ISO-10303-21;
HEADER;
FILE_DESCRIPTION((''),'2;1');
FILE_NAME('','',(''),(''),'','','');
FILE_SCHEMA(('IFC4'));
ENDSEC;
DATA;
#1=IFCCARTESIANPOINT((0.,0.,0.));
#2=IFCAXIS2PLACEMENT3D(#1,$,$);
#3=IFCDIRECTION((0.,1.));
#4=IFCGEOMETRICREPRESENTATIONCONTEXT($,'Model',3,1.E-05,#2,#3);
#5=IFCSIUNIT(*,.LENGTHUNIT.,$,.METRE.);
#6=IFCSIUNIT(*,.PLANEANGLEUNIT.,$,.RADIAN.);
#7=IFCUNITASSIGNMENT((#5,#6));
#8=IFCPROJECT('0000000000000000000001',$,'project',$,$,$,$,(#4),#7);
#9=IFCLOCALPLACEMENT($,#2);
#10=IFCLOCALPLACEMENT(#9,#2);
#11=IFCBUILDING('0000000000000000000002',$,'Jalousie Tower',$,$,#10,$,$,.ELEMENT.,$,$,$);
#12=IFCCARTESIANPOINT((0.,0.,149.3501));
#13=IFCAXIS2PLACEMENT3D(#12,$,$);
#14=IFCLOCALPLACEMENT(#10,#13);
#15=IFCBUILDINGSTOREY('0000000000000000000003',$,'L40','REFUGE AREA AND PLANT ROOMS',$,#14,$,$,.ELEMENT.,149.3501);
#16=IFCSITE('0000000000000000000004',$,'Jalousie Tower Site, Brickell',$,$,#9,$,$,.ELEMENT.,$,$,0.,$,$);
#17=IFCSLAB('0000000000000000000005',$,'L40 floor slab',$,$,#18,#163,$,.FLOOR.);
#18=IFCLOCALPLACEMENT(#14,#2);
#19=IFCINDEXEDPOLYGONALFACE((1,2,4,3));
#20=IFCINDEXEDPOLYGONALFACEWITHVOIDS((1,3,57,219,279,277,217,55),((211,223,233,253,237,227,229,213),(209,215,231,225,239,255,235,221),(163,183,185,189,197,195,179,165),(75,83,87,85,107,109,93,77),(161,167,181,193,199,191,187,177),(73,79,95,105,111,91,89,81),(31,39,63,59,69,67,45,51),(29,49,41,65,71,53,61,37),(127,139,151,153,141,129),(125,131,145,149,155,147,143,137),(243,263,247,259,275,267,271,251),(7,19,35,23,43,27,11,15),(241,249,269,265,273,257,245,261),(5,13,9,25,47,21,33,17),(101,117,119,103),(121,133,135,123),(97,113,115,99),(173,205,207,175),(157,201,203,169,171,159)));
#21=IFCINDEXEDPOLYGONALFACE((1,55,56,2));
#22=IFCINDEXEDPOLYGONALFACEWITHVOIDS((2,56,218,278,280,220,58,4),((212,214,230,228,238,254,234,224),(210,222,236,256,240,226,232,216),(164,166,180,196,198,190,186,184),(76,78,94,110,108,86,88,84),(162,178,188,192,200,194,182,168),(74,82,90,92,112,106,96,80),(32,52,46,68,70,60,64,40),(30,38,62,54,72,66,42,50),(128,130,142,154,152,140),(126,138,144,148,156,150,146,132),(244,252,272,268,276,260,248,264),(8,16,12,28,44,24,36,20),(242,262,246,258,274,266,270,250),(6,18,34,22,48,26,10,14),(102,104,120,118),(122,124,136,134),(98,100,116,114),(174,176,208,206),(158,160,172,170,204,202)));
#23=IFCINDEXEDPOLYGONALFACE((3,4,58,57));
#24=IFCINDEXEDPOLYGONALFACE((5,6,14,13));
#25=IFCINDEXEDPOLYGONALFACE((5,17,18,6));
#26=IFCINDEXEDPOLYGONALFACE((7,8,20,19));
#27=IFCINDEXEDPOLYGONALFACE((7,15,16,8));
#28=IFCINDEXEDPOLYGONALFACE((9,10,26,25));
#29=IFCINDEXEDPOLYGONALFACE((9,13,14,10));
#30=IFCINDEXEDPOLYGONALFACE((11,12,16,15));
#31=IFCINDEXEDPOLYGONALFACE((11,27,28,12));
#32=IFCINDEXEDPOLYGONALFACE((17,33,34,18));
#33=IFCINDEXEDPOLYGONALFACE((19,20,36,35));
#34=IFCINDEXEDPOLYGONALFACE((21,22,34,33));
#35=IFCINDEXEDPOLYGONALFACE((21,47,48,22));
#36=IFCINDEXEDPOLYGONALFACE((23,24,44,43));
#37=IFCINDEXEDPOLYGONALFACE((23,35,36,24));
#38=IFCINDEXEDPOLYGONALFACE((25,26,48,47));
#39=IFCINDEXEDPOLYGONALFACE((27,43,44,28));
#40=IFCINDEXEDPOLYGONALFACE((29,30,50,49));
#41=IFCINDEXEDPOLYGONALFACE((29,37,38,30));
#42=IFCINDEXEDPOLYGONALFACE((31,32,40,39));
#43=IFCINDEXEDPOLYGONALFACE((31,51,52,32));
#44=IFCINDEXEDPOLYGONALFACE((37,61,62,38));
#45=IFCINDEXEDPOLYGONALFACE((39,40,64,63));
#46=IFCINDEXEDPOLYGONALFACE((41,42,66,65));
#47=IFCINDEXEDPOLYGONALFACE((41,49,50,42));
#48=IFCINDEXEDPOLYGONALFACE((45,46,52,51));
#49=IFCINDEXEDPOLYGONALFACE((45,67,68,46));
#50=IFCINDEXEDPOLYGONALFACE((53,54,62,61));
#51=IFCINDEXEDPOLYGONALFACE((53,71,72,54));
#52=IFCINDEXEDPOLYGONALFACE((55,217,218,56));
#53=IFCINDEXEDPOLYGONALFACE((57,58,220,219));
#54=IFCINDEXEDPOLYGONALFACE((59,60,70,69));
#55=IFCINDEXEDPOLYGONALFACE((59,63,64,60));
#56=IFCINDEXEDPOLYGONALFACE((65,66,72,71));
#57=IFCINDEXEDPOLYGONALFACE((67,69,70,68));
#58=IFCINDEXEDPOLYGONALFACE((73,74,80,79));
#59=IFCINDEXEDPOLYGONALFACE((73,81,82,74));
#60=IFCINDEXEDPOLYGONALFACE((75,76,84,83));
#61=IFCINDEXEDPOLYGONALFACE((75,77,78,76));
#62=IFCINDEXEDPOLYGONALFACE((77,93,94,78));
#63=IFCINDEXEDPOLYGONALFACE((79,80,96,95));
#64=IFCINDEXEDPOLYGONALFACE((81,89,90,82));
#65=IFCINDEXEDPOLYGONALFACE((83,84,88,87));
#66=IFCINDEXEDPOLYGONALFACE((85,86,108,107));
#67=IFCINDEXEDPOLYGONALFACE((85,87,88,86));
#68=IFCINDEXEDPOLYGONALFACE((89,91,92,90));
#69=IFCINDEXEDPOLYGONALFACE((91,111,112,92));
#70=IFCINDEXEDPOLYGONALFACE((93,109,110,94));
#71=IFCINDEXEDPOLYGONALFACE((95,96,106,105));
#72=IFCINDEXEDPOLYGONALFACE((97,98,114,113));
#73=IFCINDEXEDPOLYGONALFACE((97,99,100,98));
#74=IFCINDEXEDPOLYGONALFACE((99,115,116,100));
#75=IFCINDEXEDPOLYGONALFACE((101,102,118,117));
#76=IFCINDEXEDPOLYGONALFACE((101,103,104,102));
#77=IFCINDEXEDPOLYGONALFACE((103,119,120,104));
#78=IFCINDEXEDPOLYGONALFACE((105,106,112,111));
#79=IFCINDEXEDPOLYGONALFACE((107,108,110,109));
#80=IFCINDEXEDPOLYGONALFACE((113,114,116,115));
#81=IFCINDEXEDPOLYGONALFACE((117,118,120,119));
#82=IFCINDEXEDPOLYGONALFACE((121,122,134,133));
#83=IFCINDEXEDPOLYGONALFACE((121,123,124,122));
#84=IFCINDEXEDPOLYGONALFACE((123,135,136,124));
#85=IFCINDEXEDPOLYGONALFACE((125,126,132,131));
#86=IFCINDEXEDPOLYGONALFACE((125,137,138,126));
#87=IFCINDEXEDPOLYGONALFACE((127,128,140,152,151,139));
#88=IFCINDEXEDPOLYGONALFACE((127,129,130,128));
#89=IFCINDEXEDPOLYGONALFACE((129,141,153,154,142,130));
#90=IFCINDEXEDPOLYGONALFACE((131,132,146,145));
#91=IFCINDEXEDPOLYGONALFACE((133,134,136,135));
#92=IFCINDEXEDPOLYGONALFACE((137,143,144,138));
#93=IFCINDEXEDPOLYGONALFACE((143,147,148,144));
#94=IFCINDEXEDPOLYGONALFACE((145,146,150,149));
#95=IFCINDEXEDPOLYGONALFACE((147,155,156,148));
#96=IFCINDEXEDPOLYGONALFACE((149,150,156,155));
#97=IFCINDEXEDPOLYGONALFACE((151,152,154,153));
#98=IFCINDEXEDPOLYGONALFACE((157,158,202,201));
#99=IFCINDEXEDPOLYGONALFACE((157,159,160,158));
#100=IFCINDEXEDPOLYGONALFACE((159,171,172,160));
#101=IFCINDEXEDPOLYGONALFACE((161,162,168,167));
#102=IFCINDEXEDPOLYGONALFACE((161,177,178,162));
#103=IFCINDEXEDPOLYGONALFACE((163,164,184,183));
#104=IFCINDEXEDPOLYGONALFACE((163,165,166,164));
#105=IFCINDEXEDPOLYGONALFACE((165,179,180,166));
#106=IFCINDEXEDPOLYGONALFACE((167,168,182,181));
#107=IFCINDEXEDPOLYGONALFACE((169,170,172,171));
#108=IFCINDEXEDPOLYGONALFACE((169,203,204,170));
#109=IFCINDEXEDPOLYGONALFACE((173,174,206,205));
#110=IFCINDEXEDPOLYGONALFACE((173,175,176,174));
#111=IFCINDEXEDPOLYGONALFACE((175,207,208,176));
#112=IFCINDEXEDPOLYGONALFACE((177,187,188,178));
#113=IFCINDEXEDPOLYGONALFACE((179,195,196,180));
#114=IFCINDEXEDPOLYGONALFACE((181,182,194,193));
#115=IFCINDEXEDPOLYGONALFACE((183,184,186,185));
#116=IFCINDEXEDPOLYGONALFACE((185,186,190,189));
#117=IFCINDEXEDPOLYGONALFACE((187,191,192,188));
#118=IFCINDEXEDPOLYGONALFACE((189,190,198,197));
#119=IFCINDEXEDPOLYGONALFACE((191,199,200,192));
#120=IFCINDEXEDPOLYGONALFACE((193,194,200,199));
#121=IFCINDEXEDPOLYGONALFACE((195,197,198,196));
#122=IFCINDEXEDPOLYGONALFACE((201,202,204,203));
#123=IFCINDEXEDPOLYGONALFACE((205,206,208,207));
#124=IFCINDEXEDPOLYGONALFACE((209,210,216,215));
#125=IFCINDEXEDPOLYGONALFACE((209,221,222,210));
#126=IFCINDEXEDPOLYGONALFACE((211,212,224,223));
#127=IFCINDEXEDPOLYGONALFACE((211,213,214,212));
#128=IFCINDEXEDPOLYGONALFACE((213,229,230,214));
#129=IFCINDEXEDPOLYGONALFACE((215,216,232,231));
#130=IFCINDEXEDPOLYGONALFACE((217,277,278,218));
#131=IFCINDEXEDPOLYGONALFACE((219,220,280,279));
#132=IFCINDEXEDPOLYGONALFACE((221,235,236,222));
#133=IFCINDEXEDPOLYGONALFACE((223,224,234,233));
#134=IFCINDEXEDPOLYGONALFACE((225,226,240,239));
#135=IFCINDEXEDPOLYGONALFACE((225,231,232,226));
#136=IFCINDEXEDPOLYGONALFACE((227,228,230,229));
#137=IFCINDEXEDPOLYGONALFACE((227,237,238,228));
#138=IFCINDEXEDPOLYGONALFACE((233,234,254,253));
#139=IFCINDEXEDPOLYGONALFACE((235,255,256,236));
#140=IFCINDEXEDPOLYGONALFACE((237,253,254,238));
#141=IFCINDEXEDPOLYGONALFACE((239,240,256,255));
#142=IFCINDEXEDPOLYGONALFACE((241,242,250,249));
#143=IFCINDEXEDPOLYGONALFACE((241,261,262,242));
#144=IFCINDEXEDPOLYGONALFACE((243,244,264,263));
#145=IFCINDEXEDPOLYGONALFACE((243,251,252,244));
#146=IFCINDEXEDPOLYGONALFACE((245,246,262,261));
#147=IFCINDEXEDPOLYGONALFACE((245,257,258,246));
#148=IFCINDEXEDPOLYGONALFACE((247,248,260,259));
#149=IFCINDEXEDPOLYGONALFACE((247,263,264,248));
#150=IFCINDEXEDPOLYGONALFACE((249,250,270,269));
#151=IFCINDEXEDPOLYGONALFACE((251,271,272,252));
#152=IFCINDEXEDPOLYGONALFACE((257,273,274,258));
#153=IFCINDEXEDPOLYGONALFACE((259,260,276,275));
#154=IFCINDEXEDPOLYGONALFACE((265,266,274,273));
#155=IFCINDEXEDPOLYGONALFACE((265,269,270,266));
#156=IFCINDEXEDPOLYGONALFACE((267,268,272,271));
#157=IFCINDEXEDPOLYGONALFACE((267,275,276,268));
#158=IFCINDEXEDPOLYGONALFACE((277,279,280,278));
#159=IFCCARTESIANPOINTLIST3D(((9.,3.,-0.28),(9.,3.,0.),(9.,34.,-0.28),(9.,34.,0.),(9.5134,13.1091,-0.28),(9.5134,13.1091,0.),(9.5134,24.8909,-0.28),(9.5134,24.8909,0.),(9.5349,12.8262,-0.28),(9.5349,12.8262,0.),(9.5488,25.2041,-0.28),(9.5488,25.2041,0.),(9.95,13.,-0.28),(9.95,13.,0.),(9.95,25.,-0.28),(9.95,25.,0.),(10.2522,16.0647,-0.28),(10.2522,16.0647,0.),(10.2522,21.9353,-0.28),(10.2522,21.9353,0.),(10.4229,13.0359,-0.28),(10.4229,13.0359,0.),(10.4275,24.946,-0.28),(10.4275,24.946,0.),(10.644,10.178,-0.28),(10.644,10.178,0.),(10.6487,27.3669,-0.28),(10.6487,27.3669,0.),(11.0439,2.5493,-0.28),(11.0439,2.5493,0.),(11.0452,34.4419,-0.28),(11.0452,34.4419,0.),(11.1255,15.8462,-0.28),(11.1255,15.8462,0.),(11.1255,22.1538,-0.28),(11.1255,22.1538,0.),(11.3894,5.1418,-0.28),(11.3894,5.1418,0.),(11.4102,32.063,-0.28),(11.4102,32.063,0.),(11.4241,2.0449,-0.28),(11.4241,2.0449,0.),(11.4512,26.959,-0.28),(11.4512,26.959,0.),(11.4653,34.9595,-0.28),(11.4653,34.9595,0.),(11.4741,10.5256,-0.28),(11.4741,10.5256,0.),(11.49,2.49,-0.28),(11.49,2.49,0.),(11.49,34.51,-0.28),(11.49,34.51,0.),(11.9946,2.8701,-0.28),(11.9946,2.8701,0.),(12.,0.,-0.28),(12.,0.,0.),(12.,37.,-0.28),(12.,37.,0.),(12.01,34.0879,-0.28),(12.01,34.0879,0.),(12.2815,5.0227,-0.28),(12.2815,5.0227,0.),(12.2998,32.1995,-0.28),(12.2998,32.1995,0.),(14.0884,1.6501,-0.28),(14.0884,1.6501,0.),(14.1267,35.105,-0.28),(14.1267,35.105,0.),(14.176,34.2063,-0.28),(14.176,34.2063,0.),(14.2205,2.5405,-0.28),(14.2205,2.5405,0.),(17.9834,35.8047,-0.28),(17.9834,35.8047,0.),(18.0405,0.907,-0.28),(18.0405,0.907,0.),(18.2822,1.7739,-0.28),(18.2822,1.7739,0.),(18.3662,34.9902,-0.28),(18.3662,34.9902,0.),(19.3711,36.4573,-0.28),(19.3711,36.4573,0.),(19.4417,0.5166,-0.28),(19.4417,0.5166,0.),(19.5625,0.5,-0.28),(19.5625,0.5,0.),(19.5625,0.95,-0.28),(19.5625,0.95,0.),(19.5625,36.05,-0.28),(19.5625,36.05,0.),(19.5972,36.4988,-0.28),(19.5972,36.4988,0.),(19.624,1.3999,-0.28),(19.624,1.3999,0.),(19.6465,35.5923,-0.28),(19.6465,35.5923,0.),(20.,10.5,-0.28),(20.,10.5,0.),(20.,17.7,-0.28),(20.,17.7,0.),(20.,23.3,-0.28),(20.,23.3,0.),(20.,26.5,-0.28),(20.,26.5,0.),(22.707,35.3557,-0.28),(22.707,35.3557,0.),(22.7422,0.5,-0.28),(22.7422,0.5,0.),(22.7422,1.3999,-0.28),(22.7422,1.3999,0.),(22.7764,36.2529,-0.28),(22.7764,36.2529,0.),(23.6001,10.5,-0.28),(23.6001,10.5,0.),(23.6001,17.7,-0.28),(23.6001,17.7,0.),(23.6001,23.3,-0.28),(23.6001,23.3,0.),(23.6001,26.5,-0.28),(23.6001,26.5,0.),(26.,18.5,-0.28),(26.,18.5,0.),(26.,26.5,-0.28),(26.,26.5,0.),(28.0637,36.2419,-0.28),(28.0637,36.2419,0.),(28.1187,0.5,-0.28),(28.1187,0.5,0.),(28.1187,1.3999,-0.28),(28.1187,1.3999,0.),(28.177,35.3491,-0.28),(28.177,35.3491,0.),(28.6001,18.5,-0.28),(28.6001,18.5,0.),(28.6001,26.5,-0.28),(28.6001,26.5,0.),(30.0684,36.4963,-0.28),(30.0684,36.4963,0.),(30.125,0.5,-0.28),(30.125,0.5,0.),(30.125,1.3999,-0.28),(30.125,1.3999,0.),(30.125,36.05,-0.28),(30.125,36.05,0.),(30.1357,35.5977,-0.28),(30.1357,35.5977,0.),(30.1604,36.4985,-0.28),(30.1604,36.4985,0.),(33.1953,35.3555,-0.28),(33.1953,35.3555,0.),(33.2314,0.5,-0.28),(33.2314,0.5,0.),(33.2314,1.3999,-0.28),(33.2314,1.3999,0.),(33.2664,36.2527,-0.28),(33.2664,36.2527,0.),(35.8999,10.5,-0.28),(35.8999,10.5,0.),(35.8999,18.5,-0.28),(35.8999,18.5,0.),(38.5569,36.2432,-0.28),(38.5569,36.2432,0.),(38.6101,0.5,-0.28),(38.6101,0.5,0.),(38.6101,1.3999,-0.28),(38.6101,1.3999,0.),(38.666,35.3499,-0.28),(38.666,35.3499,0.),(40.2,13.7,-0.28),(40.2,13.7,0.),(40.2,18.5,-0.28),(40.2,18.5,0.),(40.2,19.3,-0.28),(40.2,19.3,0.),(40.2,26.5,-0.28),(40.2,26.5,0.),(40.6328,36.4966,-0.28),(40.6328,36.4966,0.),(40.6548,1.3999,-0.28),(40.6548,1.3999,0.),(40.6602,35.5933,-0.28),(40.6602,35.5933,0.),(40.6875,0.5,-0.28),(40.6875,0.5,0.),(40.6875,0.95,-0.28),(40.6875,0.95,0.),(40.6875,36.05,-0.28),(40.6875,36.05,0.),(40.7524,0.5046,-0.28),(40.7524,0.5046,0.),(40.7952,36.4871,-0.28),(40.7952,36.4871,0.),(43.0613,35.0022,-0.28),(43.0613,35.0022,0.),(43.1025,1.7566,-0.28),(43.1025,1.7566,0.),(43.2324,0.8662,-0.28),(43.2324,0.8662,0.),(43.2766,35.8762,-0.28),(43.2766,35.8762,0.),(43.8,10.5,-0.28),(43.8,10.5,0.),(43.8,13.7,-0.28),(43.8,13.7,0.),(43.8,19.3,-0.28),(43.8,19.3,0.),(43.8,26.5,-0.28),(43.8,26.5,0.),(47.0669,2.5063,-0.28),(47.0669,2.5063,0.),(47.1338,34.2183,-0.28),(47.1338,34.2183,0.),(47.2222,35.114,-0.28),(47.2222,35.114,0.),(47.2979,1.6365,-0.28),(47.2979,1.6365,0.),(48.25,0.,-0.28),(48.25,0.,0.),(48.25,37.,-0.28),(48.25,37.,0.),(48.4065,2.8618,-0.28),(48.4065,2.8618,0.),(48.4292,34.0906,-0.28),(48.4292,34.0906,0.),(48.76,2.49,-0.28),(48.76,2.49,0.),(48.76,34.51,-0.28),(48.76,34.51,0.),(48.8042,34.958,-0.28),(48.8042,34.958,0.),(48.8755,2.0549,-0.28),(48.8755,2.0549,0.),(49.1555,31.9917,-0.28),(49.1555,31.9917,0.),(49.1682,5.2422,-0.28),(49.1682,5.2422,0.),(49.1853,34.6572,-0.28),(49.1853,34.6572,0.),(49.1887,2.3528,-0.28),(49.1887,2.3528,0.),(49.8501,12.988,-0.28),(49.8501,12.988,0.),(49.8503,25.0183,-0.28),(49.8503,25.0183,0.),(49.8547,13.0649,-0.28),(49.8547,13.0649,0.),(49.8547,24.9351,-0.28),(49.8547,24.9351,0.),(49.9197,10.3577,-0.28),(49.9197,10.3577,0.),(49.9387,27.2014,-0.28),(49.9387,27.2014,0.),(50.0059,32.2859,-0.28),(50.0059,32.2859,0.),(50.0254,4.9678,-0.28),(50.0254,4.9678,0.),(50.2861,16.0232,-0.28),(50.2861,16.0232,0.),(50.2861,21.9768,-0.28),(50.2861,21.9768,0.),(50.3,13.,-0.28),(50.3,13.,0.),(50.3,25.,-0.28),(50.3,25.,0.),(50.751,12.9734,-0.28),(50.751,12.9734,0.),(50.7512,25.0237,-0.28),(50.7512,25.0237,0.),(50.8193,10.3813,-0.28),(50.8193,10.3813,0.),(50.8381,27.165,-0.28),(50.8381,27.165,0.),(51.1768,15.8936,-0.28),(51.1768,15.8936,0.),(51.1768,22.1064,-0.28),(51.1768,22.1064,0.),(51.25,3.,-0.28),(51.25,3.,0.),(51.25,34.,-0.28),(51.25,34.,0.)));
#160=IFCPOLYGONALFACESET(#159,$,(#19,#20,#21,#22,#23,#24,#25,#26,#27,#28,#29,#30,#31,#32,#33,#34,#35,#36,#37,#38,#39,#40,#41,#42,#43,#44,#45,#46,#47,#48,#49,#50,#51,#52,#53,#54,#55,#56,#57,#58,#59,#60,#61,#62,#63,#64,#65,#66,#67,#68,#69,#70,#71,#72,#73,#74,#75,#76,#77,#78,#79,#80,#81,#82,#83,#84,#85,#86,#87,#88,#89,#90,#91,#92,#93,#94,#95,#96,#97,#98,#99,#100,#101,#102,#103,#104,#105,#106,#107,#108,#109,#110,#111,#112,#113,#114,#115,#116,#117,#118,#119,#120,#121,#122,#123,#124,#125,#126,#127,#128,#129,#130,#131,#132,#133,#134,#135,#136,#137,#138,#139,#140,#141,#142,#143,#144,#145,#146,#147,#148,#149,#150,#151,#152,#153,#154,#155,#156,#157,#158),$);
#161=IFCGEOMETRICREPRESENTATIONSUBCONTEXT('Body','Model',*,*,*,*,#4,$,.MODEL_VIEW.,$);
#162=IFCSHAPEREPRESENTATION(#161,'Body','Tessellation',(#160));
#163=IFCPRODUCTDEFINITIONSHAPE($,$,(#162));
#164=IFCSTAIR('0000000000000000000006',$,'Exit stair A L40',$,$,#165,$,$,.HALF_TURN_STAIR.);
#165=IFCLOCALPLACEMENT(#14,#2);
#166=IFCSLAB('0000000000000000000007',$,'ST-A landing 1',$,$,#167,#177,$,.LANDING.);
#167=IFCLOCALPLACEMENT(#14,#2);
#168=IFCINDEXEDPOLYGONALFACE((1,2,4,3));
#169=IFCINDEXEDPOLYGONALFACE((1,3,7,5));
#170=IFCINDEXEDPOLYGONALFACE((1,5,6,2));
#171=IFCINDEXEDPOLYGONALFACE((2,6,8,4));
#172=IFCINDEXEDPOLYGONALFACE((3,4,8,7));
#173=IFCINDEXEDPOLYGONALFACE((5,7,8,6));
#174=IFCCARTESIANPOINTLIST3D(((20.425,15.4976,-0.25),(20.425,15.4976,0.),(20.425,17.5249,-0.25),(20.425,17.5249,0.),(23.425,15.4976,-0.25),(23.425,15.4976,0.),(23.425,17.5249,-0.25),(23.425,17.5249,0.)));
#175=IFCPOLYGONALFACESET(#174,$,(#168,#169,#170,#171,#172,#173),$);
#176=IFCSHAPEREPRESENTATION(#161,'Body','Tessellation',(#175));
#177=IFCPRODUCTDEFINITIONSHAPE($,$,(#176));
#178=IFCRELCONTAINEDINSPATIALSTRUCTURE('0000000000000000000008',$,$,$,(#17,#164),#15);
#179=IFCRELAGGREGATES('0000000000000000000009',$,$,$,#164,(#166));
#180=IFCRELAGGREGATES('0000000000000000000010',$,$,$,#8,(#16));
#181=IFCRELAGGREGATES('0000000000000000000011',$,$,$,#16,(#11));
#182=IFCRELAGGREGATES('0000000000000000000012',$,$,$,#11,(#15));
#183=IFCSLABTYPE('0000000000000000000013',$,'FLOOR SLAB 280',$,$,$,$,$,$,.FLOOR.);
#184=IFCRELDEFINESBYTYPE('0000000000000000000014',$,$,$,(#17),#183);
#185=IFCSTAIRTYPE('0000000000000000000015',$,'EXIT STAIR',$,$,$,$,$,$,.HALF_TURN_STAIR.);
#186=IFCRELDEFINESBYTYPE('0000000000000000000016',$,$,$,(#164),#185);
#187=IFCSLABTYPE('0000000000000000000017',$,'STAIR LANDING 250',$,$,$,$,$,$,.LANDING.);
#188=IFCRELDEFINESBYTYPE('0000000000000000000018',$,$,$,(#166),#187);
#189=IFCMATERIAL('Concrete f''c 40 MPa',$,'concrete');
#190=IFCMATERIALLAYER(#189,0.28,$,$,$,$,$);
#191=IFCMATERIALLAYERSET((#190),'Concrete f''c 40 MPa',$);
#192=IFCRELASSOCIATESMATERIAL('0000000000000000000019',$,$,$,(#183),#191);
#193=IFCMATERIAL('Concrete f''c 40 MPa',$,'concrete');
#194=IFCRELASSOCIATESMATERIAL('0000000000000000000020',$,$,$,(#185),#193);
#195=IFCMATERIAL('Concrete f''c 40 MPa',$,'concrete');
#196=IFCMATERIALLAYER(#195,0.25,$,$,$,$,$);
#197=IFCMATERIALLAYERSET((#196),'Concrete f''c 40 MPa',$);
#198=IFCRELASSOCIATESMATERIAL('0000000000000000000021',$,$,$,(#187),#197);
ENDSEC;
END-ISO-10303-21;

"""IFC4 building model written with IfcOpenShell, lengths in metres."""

from ifc_helpers import new_model, si_unit, direction, frame, origin, place, context, subcontext, project, spatial, polyline, outline, extrude, material, layer, layer_set, type_object, element, aggregate, save


model = new_model("IFC4")

# Units and contexts
model_context = context("Model", 3, precision=1e-05, world=origin(), true_north=direction((0.0, 1.0)))
body_context = subcontext(model_context, "Body", "Model", "MODEL_VIEW")
ifc_project = project(units=[si_unit("LENGTHUNIT", "METRE"), si_unit("PLANEANGLEUNIT", "RADIAN")], contexts=[model_context])

# Site, building, storey
site_placement = place(None, origin())
site = spatial("IfcSite", under=ifc_project, at=site_placement, Name="Jalousie Tower Site, Brickell", CompositionType="ELEMENT", RefElevation=0.0)
building_placement = place(site_placement, origin())
building = spatial("IfcBuilding", under=site, at=building_placement, Name="Jalousie Tower", CompositionType="ELEMENT")
storey_placement = place(building_placement, frame((0.0, 0.0, 149.3501)))
storey = spatial("IfcBuildingStorey", under=building, at=storey_placement, Name="L40", Description="REFUGE AREA AND PLANT ROOMS", CompositionType="ELEMENT", Elevation=149.3501)

# Slab
ifc_material_1 = material(Name="Concrete f'c 40 MPa", Category="concrete")
ifc_layer_1 = layer(ifc_material_1, 0.28)
ifc_layer_set_1 = layer_set([ifc_layer_1], Name="Concrete f'c 40 MPa")
slab_type_1 = type_object("IfcSlabType", Name="FLOOR SLAB 280", PredefinedType="FLOOR", material=ifc_layer_set_1)
slab_1_placement = place(storey_placement, frame((0.0, 0.0, -0.28)))
element("IfcSlab", 1, at=slab_1_placement, inside=storey, type_object=slab_type_1, Name="L40 floor slab", PredefinedType="FLOOR", context=body_context, shape_type="SweptSolid", body=[
    extrude(outline(polyline([(12.0, 0.0), (48.25, 0.0), (51.25, 3.0), (51.25, 34.0), (48.25, 37.0), (12.0, 37.0), (9.0, 34.0), (9.0, 3.0), (12.0, 0.0)]), holes=[polyline([(19.4417, 0.5166), (18.0405, 0.907), (18.2822, 1.7739), (19.624, 1.3999), (22.7422, 1.3999), (22.7422, 0.5), (19.5625, 0.5), (19.5625, 0.95), (19.4417, 0.5166)]), polyline([(11.3894, 5.1418), (12.2815, 5.0227), (11.9946, 2.8701), (14.2205, 2.5405), (14.0884, 1.6501), (11.4241, 2.0449), (11.49, 2.49), (11.0439, 2.5493), (11.3894, 5.1418)]), polyline([(10.2522, 16.0647), (11.1255, 15.8462), (10.4229, 13.0359), (11.4741, 10.5256), (10.644, 10.178), (9.5349, 12.8262), (9.95, 13.0), (9.5134, 13.1091), (10.2522, 16.0647)]), polyline([(20.0, 10.5), (23.6001, 10.5), (23.6001, 17.7), (20.0, 17.7), (20.0, 10.5)]), polyline([(26.0, 18.5), (26.0, 26.5), (28.6001, 26.5), (28.6001, 18.5), (26.0, 18.5)]), polyline([(9.5488, 25.2041), (10.6487, 27.3669), (11.4512, 26.959), (10.4275, 24.946), (11.1255, 22.1538), (10.2522, 21.9353), (9.5134, 24.8909), (9.95, 25.0), (9.5488, 25.2041)]), polyline([(20.0, 23.3), (23.6001, 23.3), (23.6001, 26.5), (20.0, 26.5), (20.0, 23.3)]), polyline([(14.1267, 35.105), (14.176, 34.2063), (12.01, 34.0879), (12.2998, 32.1995), (11.4102, 32.063), (11.0452, 34.4419), (11.49, 34.51), (11.4653, 34.9595), (14.1267, 35.105)]), polyline([(22.7764, 36.2529), (22.707, 35.3557), (19.6465, 35.5923), (18.3662, 34.9902), (17.9834, 35.8047), (19.3711, 36.4573), (19.5625, 36.05), (19.5972, 36.4988), (22.7764, 36.2529)]), polyline([(28.1187, 1.3999), (30.125, 1.3999), (33.2314, 1.3999), (33.2314, 0.5), (30.125, 0.5), (28.1187, 0.5), (28.1187, 1.3999)]), polyline([(40.7524, 0.5046), (40.6875, 0.95), (40.6875, 0.5), (38.6101, 0.5), (38.6101, 1.3999), (40.6548, 1.3999), (43.1025, 1.7566), (43.2324, 0.8662), (40.7524, 0.5046)]), polyline([(49.1887, 2.3528), (48.76, 2.49), (48.8755, 2.0549), (47.2979, 1.6365), (47.0669, 2.5063), (48.4065, 2.8618), (49.1682, 5.2422), (50.0254, 4.9678), (49.1887, 2.3528)]), polyline([(35.8999, 10.5), (35.8999, 18.5), (40.2, 18.5), (40.2, 13.7), (43.8, 13.7), (43.8, 10.5), (35.8999, 10.5)]), polyline([(50.2861, 16.0232), (51.1768, 15.8936), (50.751, 12.9734), (50.8193, 10.3813), (49.9197, 10.3577), (49.8501, 12.988), (50.3, 13.0), (49.8547, 13.0649), (50.2861, 16.0232)]), polyline([(40.2, 19.3), (43.8, 19.3), (43.8, 26.5), (40.2, 26.5), (40.2, 19.3)]), polyline([(49.8503, 25.0183), (49.9387, 27.2014), (50.8381, 27.165), (50.7512, 25.0237), (51.1768, 22.1064), (50.2861, 21.9768), (49.8547, 24.9351), (50.3, 25.0), (49.8503, 25.0183)]), polyline([(49.1555, 31.9917), (48.4292, 34.0906), (47.1338, 34.2183), (47.2222, 35.114), (48.8042, 34.958), (48.76, 34.51), (49.1853, 34.6572), (50.0059, 32.2859), (49.1555, 31.9917)]), polyline([(40.6328, 36.4966), (40.6875, 36.05), (40.7952, 36.4871), (43.2766, 35.8762), (43.0613, 35.0022), (40.6602, 35.5933), (38.666, 35.3499), (38.5569, 36.2432), (40.6328, 36.4966)]), polyline([(28.0637, 36.2419), (30.0684, 36.4963), (30.125, 36.05), (30.1604, 36.4985), (33.2664, 36.2527), (33.1953, 35.3555), (30.1357, 35.5977), (28.177, 35.3491), (28.0637, 36.2419)])]), origin(), (0.0, 0.0, 1.0), 0.28),
])

# Stair, slab
ifc_material_2 = material(Name="Concrete f'c 40 MPa", Category="concrete")
stair_type = type_object("IfcStairType", Name="EXIT STAIR", PredefinedType="HALF_TURN_STAIR", material=ifc_material_2)
stair_1_placement = place(storey_placement, origin())
stair_1 = element("IfcStair", 2, at=stair_1_placement, inside=storey, type_object=stair_type, Name="Exit stair A L40", PredefinedType="HALF_TURN_STAIR")
ifc_material_3 = material(Name="Concrete f'c 40 MPa", Category="concrete")
ifc_layer_2 = layer(ifc_material_3, 0.25)
ifc_layer_set_2 = layer_set([ifc_layer_2], Name="Concrete f'c 40 MPa")
slab_type_2 = type_object("IfcSlabType", Name="STAIR LANDING 250", PredefinedType="LANDING", material=ifc_layer_set_2)
slab_2_placement = place(storey_placement, frame((0.0, 0.0, -0.25)))
slab_2 = element("IfcSlab", 3, at=slab_2_placement, type_object=slab_type_2, Name="ST-A landing 1", PredefinedType="LANDING", context=body_context, shape_type="SweptSolid", body=[
    extrude(outline(polyline([(20.425, 15.4976), (23.425, 15.4976), (23.425, 17.5249), (20.425, 17.5249), (20.425, 15.4976)])), origin(), (0.0, 0.0, 1.0), 0.25),
])
aggregate(stair_1, [slab_2])

save(model, "model.ifc")
